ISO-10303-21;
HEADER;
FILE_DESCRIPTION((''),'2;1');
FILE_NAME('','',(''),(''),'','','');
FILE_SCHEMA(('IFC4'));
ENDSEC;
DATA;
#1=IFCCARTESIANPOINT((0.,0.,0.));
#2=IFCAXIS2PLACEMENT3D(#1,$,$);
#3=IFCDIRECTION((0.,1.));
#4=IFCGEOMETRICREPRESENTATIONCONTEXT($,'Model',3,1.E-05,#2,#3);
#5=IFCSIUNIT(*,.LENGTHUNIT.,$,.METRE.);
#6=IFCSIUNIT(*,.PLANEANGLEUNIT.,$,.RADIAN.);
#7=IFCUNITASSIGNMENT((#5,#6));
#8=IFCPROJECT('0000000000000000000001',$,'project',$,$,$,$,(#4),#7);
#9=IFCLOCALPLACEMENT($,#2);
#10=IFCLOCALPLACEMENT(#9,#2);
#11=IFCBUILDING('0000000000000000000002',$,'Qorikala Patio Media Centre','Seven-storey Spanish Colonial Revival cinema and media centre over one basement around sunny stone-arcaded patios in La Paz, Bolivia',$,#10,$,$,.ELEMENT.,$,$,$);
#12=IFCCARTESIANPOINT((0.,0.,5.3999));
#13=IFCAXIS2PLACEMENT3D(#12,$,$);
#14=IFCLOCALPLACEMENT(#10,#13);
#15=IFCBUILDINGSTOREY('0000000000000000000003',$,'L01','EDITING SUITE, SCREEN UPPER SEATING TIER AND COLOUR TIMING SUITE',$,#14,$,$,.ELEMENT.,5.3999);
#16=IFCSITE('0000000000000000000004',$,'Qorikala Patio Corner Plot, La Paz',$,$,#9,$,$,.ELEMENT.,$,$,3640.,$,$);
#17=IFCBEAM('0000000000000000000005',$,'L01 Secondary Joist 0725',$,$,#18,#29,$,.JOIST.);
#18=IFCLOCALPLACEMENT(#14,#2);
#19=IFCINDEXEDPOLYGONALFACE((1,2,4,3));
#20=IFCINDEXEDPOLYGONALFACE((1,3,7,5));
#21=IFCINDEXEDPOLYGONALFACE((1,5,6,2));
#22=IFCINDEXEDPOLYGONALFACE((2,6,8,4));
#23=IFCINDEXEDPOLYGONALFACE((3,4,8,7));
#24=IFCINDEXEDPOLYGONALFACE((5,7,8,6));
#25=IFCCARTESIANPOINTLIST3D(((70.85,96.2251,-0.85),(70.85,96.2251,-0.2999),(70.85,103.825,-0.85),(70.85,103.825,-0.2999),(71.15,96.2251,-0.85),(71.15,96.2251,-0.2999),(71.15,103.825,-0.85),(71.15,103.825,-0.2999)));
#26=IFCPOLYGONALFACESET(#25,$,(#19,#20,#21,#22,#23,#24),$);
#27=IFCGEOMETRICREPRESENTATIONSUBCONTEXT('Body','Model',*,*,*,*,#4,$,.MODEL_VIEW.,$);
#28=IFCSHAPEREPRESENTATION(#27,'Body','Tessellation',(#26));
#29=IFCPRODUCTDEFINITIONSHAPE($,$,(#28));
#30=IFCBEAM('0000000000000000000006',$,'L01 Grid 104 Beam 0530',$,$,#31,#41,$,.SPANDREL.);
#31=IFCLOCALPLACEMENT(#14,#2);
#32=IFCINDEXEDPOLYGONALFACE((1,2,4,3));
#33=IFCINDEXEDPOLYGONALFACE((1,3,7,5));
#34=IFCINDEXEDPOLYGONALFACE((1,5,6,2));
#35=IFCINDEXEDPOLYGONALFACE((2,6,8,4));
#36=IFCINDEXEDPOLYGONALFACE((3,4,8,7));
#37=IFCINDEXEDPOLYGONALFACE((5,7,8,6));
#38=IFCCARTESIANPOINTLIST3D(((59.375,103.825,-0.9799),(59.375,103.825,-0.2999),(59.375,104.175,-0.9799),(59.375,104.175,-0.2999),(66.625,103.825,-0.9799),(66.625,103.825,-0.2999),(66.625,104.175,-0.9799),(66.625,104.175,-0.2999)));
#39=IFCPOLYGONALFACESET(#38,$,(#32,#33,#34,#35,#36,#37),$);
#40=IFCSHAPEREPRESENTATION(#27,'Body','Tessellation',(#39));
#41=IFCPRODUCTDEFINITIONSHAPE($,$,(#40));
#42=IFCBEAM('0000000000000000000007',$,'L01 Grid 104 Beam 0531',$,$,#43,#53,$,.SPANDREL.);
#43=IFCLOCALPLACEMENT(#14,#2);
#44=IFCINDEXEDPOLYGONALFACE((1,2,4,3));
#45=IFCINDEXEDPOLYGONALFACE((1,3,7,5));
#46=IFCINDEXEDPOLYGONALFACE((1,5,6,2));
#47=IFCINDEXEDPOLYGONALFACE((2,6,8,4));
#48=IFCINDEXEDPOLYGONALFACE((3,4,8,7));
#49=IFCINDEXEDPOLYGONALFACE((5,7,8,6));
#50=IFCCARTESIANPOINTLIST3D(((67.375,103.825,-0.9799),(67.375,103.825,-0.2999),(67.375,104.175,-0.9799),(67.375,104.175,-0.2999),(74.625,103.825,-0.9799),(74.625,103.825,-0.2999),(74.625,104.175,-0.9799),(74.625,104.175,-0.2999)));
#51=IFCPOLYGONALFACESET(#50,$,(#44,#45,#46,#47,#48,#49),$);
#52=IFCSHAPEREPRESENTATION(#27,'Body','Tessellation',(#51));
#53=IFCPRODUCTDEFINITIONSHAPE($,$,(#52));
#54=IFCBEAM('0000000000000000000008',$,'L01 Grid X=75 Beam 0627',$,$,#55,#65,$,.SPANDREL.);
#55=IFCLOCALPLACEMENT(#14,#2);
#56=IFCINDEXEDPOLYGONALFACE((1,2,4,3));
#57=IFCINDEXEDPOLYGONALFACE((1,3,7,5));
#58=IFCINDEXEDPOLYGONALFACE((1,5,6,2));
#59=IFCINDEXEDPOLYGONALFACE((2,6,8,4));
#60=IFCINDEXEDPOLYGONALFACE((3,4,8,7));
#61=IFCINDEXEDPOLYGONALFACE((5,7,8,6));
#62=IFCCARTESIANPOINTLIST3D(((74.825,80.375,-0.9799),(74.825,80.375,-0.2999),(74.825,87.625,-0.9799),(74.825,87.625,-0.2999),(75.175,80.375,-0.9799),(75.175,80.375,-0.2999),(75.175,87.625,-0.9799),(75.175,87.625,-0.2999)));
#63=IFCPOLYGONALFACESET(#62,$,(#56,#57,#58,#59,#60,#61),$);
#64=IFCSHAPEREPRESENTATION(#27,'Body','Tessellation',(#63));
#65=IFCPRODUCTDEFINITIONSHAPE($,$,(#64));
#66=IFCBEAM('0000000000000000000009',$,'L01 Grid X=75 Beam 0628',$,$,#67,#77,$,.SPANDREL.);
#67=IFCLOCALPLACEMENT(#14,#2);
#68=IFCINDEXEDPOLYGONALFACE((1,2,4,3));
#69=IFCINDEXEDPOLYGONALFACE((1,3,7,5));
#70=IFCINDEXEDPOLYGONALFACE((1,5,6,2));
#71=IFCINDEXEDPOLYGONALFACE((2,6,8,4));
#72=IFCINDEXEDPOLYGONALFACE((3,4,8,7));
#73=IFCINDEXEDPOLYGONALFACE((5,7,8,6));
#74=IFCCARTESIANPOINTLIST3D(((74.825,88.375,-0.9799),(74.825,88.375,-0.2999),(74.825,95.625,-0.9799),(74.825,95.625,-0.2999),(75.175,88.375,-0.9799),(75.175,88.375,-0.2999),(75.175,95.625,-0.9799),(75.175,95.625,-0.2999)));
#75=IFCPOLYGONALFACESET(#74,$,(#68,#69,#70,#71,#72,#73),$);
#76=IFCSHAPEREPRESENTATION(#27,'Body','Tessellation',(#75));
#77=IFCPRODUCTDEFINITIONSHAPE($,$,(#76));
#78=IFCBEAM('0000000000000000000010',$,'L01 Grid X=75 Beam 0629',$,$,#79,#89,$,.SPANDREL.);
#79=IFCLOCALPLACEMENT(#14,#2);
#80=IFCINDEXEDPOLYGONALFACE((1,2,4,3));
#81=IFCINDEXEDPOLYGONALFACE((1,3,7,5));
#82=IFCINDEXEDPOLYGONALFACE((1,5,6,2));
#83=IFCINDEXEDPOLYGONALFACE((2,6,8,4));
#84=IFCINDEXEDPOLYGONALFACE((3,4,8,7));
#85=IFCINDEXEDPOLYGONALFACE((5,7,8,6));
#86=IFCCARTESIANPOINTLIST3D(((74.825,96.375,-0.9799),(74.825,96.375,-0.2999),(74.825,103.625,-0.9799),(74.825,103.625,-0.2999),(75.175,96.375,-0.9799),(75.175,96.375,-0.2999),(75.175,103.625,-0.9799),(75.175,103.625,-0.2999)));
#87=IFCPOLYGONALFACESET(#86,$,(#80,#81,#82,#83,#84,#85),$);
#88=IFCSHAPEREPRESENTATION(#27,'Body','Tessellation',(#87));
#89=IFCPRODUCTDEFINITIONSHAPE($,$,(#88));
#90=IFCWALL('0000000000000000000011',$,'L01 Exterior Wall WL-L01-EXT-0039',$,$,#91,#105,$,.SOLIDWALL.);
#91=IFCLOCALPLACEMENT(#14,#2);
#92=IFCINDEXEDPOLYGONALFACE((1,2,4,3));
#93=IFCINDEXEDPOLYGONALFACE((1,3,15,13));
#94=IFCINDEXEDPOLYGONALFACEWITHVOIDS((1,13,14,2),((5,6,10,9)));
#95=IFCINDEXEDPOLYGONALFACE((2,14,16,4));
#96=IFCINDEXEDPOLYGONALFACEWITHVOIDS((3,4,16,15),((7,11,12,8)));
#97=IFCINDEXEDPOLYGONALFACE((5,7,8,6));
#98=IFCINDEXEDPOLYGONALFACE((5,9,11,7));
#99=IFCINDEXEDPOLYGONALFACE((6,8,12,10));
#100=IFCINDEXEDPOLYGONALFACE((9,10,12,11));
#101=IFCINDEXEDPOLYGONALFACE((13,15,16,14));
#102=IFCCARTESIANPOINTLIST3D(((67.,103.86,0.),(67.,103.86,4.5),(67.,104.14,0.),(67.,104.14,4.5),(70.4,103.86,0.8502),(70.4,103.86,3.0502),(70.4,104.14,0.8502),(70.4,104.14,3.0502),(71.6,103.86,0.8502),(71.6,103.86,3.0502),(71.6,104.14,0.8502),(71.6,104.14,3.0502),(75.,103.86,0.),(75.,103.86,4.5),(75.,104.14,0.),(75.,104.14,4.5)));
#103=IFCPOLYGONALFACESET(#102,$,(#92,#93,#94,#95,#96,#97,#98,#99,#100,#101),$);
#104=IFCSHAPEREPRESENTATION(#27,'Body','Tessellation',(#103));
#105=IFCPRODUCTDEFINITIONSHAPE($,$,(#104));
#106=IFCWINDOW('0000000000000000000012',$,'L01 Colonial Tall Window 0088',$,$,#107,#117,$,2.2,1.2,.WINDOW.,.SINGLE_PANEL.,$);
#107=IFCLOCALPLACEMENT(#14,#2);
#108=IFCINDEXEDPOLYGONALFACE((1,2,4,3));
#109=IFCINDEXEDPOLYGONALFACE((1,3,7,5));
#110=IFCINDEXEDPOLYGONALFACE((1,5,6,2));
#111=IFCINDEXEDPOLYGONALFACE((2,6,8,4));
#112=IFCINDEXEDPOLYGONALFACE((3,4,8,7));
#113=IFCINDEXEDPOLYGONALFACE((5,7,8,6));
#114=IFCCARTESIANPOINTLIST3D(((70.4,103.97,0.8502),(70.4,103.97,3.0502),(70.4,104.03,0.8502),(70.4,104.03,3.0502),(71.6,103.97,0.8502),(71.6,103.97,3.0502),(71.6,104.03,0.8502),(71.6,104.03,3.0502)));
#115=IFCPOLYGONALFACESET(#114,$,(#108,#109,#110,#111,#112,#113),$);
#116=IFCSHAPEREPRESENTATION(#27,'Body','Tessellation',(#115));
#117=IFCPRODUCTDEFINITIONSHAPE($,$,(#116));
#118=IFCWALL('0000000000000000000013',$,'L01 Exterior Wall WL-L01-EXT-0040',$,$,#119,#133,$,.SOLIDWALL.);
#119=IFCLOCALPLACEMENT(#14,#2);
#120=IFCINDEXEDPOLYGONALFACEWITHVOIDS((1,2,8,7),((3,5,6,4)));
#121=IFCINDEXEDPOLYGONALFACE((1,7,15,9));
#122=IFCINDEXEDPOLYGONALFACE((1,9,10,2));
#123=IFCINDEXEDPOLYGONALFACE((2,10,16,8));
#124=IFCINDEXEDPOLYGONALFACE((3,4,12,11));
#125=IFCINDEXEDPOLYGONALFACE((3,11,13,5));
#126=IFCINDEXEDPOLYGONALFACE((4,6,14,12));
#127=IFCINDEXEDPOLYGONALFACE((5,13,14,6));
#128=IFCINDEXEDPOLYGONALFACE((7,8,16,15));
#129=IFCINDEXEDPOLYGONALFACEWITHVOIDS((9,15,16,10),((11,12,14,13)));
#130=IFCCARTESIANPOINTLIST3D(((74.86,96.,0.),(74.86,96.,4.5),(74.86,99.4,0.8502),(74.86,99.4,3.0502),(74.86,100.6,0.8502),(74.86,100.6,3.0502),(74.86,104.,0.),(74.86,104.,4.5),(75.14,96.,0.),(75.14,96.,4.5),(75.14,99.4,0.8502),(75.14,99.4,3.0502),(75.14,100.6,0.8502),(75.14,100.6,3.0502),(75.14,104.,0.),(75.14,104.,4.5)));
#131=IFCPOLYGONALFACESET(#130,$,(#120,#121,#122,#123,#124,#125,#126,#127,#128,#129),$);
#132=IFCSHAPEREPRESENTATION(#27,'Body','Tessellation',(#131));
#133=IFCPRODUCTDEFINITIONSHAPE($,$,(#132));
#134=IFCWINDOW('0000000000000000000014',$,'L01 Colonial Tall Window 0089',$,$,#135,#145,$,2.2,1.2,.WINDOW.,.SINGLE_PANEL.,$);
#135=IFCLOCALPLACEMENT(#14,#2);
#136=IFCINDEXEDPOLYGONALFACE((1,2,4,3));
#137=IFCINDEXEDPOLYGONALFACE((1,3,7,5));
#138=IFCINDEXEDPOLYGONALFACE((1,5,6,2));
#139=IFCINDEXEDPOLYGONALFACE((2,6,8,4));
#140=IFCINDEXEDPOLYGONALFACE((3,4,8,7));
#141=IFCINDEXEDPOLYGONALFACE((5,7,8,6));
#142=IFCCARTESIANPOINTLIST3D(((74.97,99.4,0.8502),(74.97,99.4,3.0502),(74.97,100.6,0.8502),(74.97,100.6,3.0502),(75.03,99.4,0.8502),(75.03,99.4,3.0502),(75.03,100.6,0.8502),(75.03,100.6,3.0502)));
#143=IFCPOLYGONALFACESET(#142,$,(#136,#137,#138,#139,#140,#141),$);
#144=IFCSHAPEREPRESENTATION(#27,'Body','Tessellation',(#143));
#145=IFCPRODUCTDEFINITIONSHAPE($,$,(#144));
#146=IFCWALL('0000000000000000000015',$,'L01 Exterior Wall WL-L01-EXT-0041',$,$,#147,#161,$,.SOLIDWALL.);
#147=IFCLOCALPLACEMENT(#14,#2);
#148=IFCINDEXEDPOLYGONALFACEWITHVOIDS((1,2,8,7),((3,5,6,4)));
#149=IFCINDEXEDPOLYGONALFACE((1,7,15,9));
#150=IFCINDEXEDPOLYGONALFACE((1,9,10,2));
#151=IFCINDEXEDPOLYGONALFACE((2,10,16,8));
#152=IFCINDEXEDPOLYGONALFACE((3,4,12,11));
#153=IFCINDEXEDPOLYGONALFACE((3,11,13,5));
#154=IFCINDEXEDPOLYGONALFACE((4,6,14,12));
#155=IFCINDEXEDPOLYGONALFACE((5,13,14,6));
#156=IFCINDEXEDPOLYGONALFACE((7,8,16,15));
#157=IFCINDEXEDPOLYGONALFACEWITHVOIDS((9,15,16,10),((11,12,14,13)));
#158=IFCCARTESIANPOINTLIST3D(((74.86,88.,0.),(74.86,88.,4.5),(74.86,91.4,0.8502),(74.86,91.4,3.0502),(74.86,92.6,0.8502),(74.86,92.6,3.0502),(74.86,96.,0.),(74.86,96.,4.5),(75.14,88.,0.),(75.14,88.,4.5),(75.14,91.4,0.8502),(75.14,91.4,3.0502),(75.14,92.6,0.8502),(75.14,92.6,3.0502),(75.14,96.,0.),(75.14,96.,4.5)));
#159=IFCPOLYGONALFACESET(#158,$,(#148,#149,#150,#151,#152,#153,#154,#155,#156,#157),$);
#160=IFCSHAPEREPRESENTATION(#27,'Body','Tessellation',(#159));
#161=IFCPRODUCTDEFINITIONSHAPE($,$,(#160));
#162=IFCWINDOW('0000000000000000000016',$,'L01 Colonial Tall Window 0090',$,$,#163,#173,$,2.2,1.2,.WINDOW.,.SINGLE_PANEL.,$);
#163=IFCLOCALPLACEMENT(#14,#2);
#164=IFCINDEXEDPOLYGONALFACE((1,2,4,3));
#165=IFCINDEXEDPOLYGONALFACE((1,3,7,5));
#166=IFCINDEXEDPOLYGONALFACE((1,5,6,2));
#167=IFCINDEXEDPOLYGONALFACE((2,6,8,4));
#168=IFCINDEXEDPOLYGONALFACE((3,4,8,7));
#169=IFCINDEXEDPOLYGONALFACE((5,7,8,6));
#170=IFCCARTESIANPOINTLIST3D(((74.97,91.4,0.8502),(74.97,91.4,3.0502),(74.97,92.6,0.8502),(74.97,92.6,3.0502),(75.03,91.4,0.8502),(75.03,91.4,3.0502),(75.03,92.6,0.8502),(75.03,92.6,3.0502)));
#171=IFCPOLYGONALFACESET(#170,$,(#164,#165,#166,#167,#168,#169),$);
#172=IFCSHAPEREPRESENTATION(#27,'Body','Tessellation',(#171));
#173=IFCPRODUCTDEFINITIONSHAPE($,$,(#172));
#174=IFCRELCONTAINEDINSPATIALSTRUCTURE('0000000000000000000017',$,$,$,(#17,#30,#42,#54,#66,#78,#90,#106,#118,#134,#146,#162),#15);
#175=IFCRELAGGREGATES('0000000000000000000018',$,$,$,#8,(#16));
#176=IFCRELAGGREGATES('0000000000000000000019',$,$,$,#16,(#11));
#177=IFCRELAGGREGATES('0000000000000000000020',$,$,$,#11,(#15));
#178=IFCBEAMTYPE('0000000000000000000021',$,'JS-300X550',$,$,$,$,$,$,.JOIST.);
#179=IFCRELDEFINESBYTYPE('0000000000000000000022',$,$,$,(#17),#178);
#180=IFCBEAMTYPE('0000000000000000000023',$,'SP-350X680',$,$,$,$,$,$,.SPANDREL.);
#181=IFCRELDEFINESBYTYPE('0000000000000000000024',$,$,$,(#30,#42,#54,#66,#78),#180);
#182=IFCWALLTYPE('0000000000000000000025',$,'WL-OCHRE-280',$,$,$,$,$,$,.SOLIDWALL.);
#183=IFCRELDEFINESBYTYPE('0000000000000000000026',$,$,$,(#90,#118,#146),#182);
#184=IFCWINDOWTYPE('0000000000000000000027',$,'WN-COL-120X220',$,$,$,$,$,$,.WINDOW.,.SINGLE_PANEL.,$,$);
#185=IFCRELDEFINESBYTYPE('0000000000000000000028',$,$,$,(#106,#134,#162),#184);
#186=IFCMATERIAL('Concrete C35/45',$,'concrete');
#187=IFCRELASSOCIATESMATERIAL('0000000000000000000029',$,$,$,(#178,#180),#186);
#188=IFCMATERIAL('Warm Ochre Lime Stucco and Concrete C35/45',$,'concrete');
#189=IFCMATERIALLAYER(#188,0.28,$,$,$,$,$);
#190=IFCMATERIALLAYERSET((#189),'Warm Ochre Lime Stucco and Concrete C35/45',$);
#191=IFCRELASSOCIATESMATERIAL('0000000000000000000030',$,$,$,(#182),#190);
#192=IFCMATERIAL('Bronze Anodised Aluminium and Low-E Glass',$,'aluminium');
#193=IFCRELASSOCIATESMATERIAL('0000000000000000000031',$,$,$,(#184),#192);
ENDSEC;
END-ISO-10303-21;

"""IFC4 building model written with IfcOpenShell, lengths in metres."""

from ifc_helpers import new_model, si_unit, direction, frame, frame_2d, origin, origin_2d, place, context, subcontext, project, spatial, rectangle, extrude, material, layer, layer_set, material_profile, profile_set, type_object, element, fill, save


model = new_model("IFC4")

# Units and contexts
model_context = context("Model", 3, precision=1e-05, world=origin(), true_north=direction((0.0, 1.0)))
body_context = subcontext(model_context, "Body", "Model", "MODEL_VIEW")
ifc_project = project(units=[si_unit("LENGTHUNIT", "METRE"), si_unit("PLANEANGLEUNIT", "RADIAN")], contexts=[model_context])

# Site, building, storey
site_placement = place(None, origin())
site = spatial("IfcSite", under=ifc_project, at=site_placement, Name="Qorikala Patio Corner Plot, La Paz", CompositionType="ELEMENT", RefElevation=3640.0)
building_placement = place(site_placement, origin())
building = spatial("IfcBuilding", under=site, at=building_placement, Name="Qorikala Patio Media Centre", Description="Seven-storey Spanish Colonial Revival cinema and media centre over one basement around sunny stone-arcaded patios in La Paz, Bolivia", CompositionType="ELEMENT")
storey_placement = place(building_placement, frame((0.0, 0.0, 5.3999)))
storey = spatial("IfcBuildingStorey", under=building, at=storey_placement, Name="L01", Description="EDITING SUITE, SCREEN UPPER SEATING TIER AND COLOUR TIMING SUITE", CompositionType="ELEMENT", Elevation=5.3999)

# Shared definitions
ifc_material_1 = material(Name="Concrete C35/45", Category="concrete")

# Beams
ifc_material_profile_1 = material_profile(ifc_material_1, rectangle(XDim=0.3, YDim=0.55, at=origin_2d()), Name="RC 300x550")
ifc_profile_set_1 = profile_set([ifc_material_profile_1], Name="Concrete C35/45")
beam_type_1 = type_object("IfcBeamType", Name="JS-300X550", PredefinedType="JOIST", material=ifc_profile_set_1)
beam_1_placement = place(storey_placement, frame((71.0, 96.2251, -0.575), z_axis=(0.0, 1.0, 0.0), x_axis=(-1.0, 0.0, 0.0)))
element("IfcBeam", 1, at=beam_1_placement, inside=storey, type_object=beam_type_1, Name="L01 Secondary Joist 0725", PredefinedType="JOIST", context=body_context, shape_type="SweptSolid", body=[
    extrude(rectangle(XDim=0.3, YDim=0.55, at=origin_2d()), origin(), (0.0, 0.0, 1.0), 7.5999),
])
ifc_material_profile_2 = material_profile(ifc_material_1, rectangle(XDim=0.3501, YDim=0.6799, at=origin_2d()), Name="RC 350x680")
ifc_profile_set_2 = profile_set([ifc_material_profile_2], Name="Concrete C35/45")
beam_type_2 = type_object("IfcBeamType", Name="SP-350X680", PredefinedType="SPANDREL", material=ifc_profile_set_2)
for number, where, z_axis, x_axis, name in (
    (2, (59.375, 104.0, -0.6399), (1.0, 0.0, 0.0), (0.0, 1.0, 0.0), "L01 Grid 104 Beam 0530"),
    (3, (67.375, 104.0, -0.6399), (1.0, 0.0, 0.0), (0.0, 1.0, 0.0), "L01 Grid 104 Beam 0531"),
    (4, (75.0, 80.375, -0.6399), (0.0, 1.0, 0.0), (-1.0, 0.0, 0.0), "L01 Grid X=75 Beam 0627"),
    (5, (75.0, 88.375, -0.6399), (0.0, 1.0, 0.0), (-1.0, 0.0, 0.0), "L01 Grid X=75 Beam 0628"),
    (6, (75.0, 96.375, -0.6399), (0.0, 1.0, 0.0), (-1.0, 0.0, 0.0), "L01 Grid X=75 Beam 0629"),
):
    element("IfcBeam", number, at=place(storey_placement, frame(where, z_axis=z_axis, x_axis=x_axis)), inside=storey, type_object=beam_type_2, Name=name, PredefinedType="SPANDREL", context=body_context, shape_type="SweptSolid", body=[
        extrude(rectangle(XDim=0.3501, YDim=0.6799, at=origin_2d()), origin(), (0.0, 0.0, 1.0), 7.25),
    ])

# Walls, openings, windows
ifc_material_2 = material(Name="Warm Ochre Lime Stucco and Concrete C35/45", Category="concrete")
ifc_layer_1 = layer(ifc_material_2, 0.28)
ifc_layer_set_1 = layer_set([ifc_layer_1], Name="Warm Ochre Lime Stucco and Concrete C35/45")
wall_type_1 = type_object("IfcWallType", Name="WL-OCHRE-280", PredefinedType="SOLIDWALL", material=ifc_layer_set_1)
wall_1_placement = place(storey_placement, frame((67.0, 104.0, 0.0), z_axis=(0.0, 0.0, 1.0), x_axis=(1.0, 0.0, 0.0)))
wall_1 = element("IfcWall", 7, at=wall_1_placement, inside=storey, type_object=wall_type_1, Name="L01 Exterior Wall WL-L01-EXT-0039", PredefinedType="SOLIDWALL", context=body_context, shape_type="SweptSolid", body=[
    extrude(rectangle(XDim=8.0, YDim=0.28, at=frame_2d((4.0, 0.0))), origin(), (0.0, 0.0, 1.0), 4.5),
])
opening_1_placement = place(wall_1_placement, frame((3.3999, 0.0, 0.8501)))
opening_1 = element("IfcOpeningElement", 8, at=opening_1_placement, cuts=wall_1, PredefinedType="OPENING", context=body_context, shape_type="SweptSolid", body=[
    extrude(rectangle(XDim=1.2, YDim=2.2, at=frame_2d((0.6001, 1.1001))), frame((0.0, 0.1499, 0.0), z_axis=(0.0, -1.0, 0.0), x_axis=(1.0, 0.0, 0.0)), (0.0, 0.0, 1.0), 0.3),
])
ifc_material_3 = material(Name="Bronze Anodised Aluminium and Low-E Glass", Category="aluminium")
window_type = type_object("IfcWindowType", Name="WN-COL-120X220", PartitioningType="SINGLE_PANEL", PredefinedType="WINDOW", material=ifc_material_3)
window_1_placement = place(opening_1_placement, origin())
window_1 = element("IfcWindow", 9, at=window_1_placement, inside=storey, type_object=window_type, Name="L01 Colonial Tall Window 0088", OverallHeight=2.2, OverallWidth=1.2, PartitioningType="SINGLE_PANEL", PredefinedType="WINDOW", context=body_context, shape_type="SweptSolid", body=[
    extrude(rectangle(XDim=1.2, YDim=2.2, at=frame_2d((0.6001, 1.1001))), frame((0.0, 0.03, 0.0), z_axis=(0.0, -1.0, 0.0), x_axis=(1.0, 0.0, 0.0)), (0.0, 0.0, 1.0), 0.0601),
])
fill(opening_1, window_1)
wall_2_placement = place(storey_placement, frame((75.0, 104.0, 0.0), z_axis=(0.0, 0.0, 1.0), x_axis=(0.0, -1.0, 0.0)))
wall_2 = element("IfcWall", 10, at=wall_2_placement, inside=storey, type_object=wall_type_1, Name="L01 Exterior Wall WL-L01-EXT-0040", PredefinedType="SOLIDWALL", context=body_context, shape_type="SweptSolid", body=[
    extrude(rectangle(XDim=8.0, YDim=0.28, at=frame_2d((4.0, 0.0))), origin(), (0.0, 0.0, 1.0), 4.5),
])
opening_2_placement = place(wall_2_placement, frame((3.3999, 0.0, 0.8501)))
opening_2 = element("IfcOpeningElement", 11, at=opening_2_placement, cuts=wall_2, PredefinedType="OPENING", context=body_context, shape_type="SweptSolid", body=[
    extrude(rectangle(XDim=1.2, YDim=2.2, at=frame_2d((0.6001, 1.1001))), frame((0.0, 0.1499, 0.0), z_axis=(0.0, -1.0, 0.0), x_axis=(1.0, 0.0, 0.0)), (0.0, 0.0, 1.0), 0.3),
])
window_2_placement = place(opening_2_placement, origin())
window_2 = element("IfcWindow", 12, at=window_2_placement, inside=storey, type_object=window_type, Name="L01 Colonial Tall Window 0089", OverallHeight=2.2, OverallWidth=1.2, PartitioningType="SINGLE_PANEL", PredefinedType="WINDOW", context=body_context, shape_type="SweptSolid", body=[
    extrude(rectangle(XDim=1.2, YDim=2.2, at=frame_2d((0.6001, 1.1001))), frame((0.0, 0.03, 0.0), z_axis=(0.0, -1.0, 0.0), x_axis=(1.0, 0.0, 0.0)), (0.0, 0.0, 1.0), 0.0601),
])
fill(opening_2, window_2)
wall_3_placement = place(storey_placement, frame((75.0, 96.0, 0.0), z_axis=(0.0, 0.0, 1.0), x_axis=(0.0, -1.0, 0.0)))
wall_3 = element("IfcWall", 13, at=wall_3_placement, inside=storey, type_object=wall_type_1, Name="L01 Exterior Wall WL-L01-EXT-0041", PredefinedType="SOLIDWALL", context=body_context, shape_type="SweptSolid", body=[
    extrude(rectangle(XDim=8.0, YDim=0.28, at=frame_2d((4.0, 0.0))), origin(), (0.0, 0.0, 1.0), 4.5),
])
opening_3_placement = place(wall_3_placement, frame((3.3999, 0.0, 0.8501)))
opening_3 = element("IfcOpeningElement", 14, at=opening_3_placement, cuts=wall_3, PredefinedType="OPENING", context=body_context, shape_type="SweptSolid", body=[
    extrude(rectangle(XDim=1.2, YDim=2.2, at=frame_2d((0.6001, 1.1001))), frame((0.0, 0.1499, 0.0), z_axis=(0.0, -1.0, 0.0), x_axis=(1.0, 0.0, 0.0)), (0.0, 0.0, 1.0), 0.3),
])
window_3_placement = place(opening_3_placement, origin())
window_3 = element("IfcWindow", 15, at=window_3_placement, inside=storey, type_object=window_type, Name="L01 Colonial Tall Window 0090", OverallHeight=2.2, OverallWidth=1.2, PartitioningType="SINGLE_PANEL", PredefinedType="WINDOW", context=body_context, shape_type="SweptSolid", body=[
    extrude(rectangle(XDim=1.2, YDim=2.2, at=frame_2d((0.6001, 1.1001))), frame((0.0, 0.03, 0.0), z_axis=(0.0, -1.0, 0.0), x_axis=(1.0, 0.0, 0.0)), (0.0, 0.0, 1.0), 0.0601),
])
fill(opening_3, window_3)

save(model, "model.ifc")
